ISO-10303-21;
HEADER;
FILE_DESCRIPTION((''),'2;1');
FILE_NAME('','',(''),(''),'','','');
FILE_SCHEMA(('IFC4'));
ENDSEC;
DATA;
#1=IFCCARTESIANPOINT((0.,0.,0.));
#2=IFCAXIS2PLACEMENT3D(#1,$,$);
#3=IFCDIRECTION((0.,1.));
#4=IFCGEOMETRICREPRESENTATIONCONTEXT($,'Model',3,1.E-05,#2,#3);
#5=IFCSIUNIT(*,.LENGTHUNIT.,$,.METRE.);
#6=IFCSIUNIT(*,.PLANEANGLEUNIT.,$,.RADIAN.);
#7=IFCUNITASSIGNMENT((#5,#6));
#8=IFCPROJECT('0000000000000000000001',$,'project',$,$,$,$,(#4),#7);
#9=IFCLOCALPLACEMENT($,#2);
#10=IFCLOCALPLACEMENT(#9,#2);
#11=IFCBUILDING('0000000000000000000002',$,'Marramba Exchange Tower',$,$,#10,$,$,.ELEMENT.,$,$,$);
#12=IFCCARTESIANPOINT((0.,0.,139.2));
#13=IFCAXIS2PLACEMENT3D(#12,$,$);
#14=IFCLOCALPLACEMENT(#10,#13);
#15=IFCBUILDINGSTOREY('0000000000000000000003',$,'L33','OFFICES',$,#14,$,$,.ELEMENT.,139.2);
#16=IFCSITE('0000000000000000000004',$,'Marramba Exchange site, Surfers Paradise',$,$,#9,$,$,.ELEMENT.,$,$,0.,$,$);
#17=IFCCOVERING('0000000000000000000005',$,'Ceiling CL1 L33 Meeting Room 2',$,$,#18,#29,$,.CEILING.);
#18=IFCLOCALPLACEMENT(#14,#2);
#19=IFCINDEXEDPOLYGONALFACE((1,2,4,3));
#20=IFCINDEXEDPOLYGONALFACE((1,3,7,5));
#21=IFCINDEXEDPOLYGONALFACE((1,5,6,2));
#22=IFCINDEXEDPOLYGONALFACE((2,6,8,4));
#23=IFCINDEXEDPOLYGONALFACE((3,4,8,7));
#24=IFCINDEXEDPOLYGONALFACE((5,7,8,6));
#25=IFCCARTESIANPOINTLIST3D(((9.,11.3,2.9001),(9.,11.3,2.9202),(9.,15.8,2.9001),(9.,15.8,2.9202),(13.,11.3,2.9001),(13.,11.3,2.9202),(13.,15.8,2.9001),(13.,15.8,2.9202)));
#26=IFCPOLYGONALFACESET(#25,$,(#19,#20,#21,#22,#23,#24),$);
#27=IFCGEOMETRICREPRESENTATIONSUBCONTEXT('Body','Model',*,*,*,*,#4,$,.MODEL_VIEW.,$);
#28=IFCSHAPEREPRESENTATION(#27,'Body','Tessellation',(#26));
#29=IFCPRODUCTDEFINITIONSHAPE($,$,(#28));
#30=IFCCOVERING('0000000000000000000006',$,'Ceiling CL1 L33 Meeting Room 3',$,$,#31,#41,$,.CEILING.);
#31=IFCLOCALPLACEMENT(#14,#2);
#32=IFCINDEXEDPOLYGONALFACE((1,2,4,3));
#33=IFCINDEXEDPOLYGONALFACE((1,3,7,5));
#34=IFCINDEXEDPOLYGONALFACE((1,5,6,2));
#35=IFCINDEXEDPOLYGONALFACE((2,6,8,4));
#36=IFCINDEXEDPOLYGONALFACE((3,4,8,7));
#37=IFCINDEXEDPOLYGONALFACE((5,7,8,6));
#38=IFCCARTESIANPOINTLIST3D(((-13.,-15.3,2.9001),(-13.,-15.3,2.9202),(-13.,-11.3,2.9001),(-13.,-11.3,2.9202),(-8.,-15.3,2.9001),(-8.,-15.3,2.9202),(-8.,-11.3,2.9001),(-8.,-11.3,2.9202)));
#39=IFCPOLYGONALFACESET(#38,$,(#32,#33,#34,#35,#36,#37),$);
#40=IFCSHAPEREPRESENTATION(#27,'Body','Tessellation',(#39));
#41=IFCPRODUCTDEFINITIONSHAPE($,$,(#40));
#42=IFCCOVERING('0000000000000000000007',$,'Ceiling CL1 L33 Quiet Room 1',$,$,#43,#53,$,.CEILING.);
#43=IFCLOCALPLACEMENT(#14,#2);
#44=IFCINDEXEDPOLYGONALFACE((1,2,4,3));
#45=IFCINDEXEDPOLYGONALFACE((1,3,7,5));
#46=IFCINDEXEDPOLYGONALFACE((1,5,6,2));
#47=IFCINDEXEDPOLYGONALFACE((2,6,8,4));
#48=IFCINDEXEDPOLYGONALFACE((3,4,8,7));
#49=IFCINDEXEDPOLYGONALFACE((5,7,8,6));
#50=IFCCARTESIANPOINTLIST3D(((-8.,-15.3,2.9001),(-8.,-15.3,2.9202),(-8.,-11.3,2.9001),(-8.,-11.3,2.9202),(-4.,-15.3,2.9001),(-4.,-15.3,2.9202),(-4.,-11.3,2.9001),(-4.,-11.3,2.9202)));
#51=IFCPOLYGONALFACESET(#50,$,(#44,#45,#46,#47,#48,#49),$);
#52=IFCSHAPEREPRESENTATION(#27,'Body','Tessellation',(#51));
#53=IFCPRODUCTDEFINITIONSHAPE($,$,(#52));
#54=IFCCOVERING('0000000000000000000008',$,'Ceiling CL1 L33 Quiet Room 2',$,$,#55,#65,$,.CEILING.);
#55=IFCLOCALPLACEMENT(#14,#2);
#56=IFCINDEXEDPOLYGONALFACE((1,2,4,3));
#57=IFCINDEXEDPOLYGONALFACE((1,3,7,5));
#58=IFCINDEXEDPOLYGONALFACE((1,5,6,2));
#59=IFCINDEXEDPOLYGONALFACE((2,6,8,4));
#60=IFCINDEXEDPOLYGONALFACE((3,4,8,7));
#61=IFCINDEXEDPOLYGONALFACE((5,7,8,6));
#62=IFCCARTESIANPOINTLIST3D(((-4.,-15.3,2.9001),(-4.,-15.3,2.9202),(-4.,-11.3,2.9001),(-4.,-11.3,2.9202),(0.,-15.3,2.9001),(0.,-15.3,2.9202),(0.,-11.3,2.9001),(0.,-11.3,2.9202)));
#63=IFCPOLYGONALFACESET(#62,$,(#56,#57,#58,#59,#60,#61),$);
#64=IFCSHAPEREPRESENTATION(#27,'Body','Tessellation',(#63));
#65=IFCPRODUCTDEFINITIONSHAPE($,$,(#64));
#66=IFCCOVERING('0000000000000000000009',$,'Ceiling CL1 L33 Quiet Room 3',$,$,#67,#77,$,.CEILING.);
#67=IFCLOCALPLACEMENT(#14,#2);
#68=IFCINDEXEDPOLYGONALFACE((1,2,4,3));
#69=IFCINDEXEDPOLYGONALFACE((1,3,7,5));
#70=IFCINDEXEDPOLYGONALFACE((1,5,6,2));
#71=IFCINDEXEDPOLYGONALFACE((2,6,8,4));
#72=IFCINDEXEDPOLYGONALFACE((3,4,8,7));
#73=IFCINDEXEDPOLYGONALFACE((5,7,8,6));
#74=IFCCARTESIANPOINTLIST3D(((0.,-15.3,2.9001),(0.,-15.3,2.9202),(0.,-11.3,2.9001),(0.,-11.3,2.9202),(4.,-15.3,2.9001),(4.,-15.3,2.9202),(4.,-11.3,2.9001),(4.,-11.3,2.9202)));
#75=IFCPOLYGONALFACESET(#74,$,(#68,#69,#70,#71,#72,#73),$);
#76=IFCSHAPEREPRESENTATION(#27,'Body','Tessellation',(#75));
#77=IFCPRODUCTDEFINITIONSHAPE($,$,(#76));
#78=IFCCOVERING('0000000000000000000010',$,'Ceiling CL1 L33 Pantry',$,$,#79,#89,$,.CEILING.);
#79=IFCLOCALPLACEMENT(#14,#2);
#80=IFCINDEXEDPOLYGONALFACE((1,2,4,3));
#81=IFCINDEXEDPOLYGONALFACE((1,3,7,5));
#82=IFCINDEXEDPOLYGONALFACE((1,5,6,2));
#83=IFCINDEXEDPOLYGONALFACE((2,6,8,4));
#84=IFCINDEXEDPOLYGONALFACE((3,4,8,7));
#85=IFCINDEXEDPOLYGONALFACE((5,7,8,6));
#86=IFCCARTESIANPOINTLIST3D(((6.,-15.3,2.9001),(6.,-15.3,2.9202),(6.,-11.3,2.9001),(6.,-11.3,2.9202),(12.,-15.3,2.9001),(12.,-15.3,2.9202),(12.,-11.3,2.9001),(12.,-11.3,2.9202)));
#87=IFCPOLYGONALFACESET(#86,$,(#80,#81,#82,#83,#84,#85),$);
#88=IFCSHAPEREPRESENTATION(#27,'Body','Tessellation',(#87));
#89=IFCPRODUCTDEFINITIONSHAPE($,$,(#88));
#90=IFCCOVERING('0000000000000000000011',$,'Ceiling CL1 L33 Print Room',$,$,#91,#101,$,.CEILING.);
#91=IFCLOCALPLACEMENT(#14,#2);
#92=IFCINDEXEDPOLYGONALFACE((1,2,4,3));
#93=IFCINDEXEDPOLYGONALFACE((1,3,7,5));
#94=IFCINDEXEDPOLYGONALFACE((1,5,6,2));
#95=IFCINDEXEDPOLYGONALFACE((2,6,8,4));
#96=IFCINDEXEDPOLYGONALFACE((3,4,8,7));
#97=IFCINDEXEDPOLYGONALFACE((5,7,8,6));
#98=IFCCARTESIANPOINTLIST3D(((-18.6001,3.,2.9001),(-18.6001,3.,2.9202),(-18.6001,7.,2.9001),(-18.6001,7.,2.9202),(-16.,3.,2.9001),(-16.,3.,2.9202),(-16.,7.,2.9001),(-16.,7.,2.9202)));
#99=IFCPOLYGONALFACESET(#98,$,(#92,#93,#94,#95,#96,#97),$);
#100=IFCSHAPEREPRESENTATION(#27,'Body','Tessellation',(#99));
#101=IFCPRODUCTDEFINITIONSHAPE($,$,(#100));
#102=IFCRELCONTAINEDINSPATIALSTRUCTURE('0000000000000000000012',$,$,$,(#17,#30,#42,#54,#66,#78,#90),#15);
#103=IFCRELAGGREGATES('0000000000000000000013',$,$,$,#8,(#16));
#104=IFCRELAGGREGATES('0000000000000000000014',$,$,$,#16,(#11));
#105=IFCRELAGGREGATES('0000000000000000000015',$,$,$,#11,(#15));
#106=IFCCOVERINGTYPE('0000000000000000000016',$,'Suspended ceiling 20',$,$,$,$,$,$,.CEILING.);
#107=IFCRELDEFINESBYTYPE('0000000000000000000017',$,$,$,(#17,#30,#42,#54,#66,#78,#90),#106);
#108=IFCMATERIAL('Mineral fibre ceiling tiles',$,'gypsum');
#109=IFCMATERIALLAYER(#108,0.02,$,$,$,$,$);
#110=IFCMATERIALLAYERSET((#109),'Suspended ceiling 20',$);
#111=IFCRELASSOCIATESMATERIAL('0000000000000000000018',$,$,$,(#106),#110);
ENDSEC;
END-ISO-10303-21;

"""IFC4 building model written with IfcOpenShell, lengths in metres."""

from ifc_helpers import new_model, si_unit, direction, frame, origin, place, context, subcontext, project, spatial, polyline, outline, extrude, material, layer, layer_set, type_object, element, save


model = new_model("IFC4")

# Units and contexts
model_context = context("Model", 3, precision=1e-05, world=origin(), true_north=direction((0.0, 1.0)))
body_context = subcontext(model_context, "Body", "Model", "MODEL_VIEW")
ifc_project = project(units=[si_unit("LENGTHUNIT", "METRE"), si_unit("PLANEANGLEUNIT", "RADIAN")], contexts=[model_context])

# Site, building, storey
site_placement = place(None, origin())
site = spatial("IfcSite", under=ifc_project, at=site_placement, Name="Marramba Exchange site, Surfers Paradise", CompositionType="ELEMENT", RefElevation=0.0)
building_placement = place(site_placement, origin())
building = spatial("IfcBuilding", under=site, at=building_placement, Name="Marramba Exchange Tower", CompositionType="ELEMENT")
storey_placement = place(building_placement, frame((0.0, 0.0, 139.2)))
storey = spatial("IfcBuildingStorey", under=building, at=storey_placement, Name="L33", Description="OFFICES", CompositionType="ELEMENT", Elevation=139.2)

# Coverings
ifc_material_1 = material(Name="Mineral fibre ceiling tiles", Category="gypsum")
ifc_layer_1 = layer(ifc_material_1, 0.02)
ifc_layer_set_1 = layer_set([ifc_layer_1], Name="Suspended ceiling 20")
covering_type = type_object("IfcCoveringType", Name="Suspended ceiling 20", PredefinedType="CEILING", material=ifc_layer_set_1)
covering_1_placement = place(storey_placement, frame((0.0, 0.0, 2.9001)))
element("IfcCovering", 1, at=covering_1_placement, inside=storey, type_object=covering_type, Name="Ceiling CL1 L33 Meeting Room 2", PredefinedType="CEILING", context=body_context, shape_type="SweptSolid", body=[
    extrude(outline(polyline([(13.0, 15.8), (13.0, 11.3), (9.0, 11.3), (9.0, 15.8), (13.0, 15.8)])), origin(), (0.0, 0.0, 1.0), 0.02),
])
covering_2_placement = place(storey_placement, frame((0.0, 0.0, 2.9001)))
element("IfcCovering", 2, at=covering_2_placement, inside=storey, type_object=covering_type, Name="Ceiling CL1 L33 Meeting Room 3", PredefinedType="CEILING", context=body_context, shape_type="SweptSolid", body=[
    extrude(outline(polyline([(-8.0, -15.3), (-13.0, -15.3), (-13.0, -11.3), (-8.0, -11.3), (-8.0, -15.3)])), origin(), (0.0, 0.0, 1.0), 0.02),
])
covering_3_placement = place(storey_placement, frame((0.0, 0.0, 2.9001)))
element("IfcCovering", 3, at=covering_3_placement, inside=storey, type_object=covering_type, Name="Ceiling CL1 L33 Quiet Room 1", PredefinedType="CEILING", context=body_context, shape_type="SweptSolid", body=[
    extrude(outline(polyline([(-4.0, -15.3), (-8.0, -15.3), (-8.0, -11.3), (-4.0, -11.3), (-4.0, -15.3)])), origin(), (0.0, 0.0, 1.0), 0.02),
])
covering_4_placement = place(storey_placement, frame((0.0, 0.0, 2.9001)))
element("IfcCovering", 4, at=covering_4_placement, inside=storey, type_object=covering_type, Name="Ceiling CL1 L33 Quiet Room 2", PredefinedType="CEILING", context=body_context, shape_type="SweptSolid", body=[
    extrude(outline(polyline([(0.0, -15.3), (-4.0, -15.3), (-4.0, -11.3), (0.0, -11.3), (0.0, -15.3)])), origin(), (0.0, 0.0, 1.0), 0.02),
])
covering_5_placement = place(storey_placement, frame((0.0, 0.0, 2.9001)))
element("IfcCovering", 5, at=covering_5_placement, inside=storey, type_object=covering_type, Name="Ceiling CL1 L33 Quiet Room 3", PredefinedType="CEILING", context=body_context, shape_type="SweptSolid", body=[
    extrude(outline(polyline([(4.0, -15.3), (0.0, -15.3), (0.0, -11.3), (4.0, -11.3), (4.0, -15.3)])), origin(), (0.0, 0.0, 1.0), 0.02),
])
covering_6_placement = place(storey_placement, frame((0.0, 0.0, 2.9001)))
element("IfcCovering", 6, at=covering_6_placement, inside=storey, type_object=covering_type, Name="Ceiling CL1 L33 Pantry", PredefinedType="CEILING", context=body_context, shape_type="SweptSolid", body=[
    extrude(outline(polyline([(12.0, -15.3), (6.0, -15.3), (6.0, -11.3), (12.0, -11.3), (12.0, -15.3)])), origin(), (0.0, 0.0, 1.0), 0.02),
])
covering_7_placement = place(storey_placement, frame((0.0, 0.0, 2.9001)))
element("IfcCovering", 7, at=covering_7_placement, inside=storey, type_object=covering_type, Name="Ceiling CL1 L33 Print Room", PredefinedType="CEILING", context=body_context, shape_type="SweptSolid", body=[
    extrude(outline(polyline([(-16.0, 3.0), (-18.6001, 3.0), (-18.6001, 7.0), (-16.0, 7.0), (-16.0, 3.0)])), origin(), (0.0, 0.0, 1.0), 0.02),
])

save(model, "model.ifc")
